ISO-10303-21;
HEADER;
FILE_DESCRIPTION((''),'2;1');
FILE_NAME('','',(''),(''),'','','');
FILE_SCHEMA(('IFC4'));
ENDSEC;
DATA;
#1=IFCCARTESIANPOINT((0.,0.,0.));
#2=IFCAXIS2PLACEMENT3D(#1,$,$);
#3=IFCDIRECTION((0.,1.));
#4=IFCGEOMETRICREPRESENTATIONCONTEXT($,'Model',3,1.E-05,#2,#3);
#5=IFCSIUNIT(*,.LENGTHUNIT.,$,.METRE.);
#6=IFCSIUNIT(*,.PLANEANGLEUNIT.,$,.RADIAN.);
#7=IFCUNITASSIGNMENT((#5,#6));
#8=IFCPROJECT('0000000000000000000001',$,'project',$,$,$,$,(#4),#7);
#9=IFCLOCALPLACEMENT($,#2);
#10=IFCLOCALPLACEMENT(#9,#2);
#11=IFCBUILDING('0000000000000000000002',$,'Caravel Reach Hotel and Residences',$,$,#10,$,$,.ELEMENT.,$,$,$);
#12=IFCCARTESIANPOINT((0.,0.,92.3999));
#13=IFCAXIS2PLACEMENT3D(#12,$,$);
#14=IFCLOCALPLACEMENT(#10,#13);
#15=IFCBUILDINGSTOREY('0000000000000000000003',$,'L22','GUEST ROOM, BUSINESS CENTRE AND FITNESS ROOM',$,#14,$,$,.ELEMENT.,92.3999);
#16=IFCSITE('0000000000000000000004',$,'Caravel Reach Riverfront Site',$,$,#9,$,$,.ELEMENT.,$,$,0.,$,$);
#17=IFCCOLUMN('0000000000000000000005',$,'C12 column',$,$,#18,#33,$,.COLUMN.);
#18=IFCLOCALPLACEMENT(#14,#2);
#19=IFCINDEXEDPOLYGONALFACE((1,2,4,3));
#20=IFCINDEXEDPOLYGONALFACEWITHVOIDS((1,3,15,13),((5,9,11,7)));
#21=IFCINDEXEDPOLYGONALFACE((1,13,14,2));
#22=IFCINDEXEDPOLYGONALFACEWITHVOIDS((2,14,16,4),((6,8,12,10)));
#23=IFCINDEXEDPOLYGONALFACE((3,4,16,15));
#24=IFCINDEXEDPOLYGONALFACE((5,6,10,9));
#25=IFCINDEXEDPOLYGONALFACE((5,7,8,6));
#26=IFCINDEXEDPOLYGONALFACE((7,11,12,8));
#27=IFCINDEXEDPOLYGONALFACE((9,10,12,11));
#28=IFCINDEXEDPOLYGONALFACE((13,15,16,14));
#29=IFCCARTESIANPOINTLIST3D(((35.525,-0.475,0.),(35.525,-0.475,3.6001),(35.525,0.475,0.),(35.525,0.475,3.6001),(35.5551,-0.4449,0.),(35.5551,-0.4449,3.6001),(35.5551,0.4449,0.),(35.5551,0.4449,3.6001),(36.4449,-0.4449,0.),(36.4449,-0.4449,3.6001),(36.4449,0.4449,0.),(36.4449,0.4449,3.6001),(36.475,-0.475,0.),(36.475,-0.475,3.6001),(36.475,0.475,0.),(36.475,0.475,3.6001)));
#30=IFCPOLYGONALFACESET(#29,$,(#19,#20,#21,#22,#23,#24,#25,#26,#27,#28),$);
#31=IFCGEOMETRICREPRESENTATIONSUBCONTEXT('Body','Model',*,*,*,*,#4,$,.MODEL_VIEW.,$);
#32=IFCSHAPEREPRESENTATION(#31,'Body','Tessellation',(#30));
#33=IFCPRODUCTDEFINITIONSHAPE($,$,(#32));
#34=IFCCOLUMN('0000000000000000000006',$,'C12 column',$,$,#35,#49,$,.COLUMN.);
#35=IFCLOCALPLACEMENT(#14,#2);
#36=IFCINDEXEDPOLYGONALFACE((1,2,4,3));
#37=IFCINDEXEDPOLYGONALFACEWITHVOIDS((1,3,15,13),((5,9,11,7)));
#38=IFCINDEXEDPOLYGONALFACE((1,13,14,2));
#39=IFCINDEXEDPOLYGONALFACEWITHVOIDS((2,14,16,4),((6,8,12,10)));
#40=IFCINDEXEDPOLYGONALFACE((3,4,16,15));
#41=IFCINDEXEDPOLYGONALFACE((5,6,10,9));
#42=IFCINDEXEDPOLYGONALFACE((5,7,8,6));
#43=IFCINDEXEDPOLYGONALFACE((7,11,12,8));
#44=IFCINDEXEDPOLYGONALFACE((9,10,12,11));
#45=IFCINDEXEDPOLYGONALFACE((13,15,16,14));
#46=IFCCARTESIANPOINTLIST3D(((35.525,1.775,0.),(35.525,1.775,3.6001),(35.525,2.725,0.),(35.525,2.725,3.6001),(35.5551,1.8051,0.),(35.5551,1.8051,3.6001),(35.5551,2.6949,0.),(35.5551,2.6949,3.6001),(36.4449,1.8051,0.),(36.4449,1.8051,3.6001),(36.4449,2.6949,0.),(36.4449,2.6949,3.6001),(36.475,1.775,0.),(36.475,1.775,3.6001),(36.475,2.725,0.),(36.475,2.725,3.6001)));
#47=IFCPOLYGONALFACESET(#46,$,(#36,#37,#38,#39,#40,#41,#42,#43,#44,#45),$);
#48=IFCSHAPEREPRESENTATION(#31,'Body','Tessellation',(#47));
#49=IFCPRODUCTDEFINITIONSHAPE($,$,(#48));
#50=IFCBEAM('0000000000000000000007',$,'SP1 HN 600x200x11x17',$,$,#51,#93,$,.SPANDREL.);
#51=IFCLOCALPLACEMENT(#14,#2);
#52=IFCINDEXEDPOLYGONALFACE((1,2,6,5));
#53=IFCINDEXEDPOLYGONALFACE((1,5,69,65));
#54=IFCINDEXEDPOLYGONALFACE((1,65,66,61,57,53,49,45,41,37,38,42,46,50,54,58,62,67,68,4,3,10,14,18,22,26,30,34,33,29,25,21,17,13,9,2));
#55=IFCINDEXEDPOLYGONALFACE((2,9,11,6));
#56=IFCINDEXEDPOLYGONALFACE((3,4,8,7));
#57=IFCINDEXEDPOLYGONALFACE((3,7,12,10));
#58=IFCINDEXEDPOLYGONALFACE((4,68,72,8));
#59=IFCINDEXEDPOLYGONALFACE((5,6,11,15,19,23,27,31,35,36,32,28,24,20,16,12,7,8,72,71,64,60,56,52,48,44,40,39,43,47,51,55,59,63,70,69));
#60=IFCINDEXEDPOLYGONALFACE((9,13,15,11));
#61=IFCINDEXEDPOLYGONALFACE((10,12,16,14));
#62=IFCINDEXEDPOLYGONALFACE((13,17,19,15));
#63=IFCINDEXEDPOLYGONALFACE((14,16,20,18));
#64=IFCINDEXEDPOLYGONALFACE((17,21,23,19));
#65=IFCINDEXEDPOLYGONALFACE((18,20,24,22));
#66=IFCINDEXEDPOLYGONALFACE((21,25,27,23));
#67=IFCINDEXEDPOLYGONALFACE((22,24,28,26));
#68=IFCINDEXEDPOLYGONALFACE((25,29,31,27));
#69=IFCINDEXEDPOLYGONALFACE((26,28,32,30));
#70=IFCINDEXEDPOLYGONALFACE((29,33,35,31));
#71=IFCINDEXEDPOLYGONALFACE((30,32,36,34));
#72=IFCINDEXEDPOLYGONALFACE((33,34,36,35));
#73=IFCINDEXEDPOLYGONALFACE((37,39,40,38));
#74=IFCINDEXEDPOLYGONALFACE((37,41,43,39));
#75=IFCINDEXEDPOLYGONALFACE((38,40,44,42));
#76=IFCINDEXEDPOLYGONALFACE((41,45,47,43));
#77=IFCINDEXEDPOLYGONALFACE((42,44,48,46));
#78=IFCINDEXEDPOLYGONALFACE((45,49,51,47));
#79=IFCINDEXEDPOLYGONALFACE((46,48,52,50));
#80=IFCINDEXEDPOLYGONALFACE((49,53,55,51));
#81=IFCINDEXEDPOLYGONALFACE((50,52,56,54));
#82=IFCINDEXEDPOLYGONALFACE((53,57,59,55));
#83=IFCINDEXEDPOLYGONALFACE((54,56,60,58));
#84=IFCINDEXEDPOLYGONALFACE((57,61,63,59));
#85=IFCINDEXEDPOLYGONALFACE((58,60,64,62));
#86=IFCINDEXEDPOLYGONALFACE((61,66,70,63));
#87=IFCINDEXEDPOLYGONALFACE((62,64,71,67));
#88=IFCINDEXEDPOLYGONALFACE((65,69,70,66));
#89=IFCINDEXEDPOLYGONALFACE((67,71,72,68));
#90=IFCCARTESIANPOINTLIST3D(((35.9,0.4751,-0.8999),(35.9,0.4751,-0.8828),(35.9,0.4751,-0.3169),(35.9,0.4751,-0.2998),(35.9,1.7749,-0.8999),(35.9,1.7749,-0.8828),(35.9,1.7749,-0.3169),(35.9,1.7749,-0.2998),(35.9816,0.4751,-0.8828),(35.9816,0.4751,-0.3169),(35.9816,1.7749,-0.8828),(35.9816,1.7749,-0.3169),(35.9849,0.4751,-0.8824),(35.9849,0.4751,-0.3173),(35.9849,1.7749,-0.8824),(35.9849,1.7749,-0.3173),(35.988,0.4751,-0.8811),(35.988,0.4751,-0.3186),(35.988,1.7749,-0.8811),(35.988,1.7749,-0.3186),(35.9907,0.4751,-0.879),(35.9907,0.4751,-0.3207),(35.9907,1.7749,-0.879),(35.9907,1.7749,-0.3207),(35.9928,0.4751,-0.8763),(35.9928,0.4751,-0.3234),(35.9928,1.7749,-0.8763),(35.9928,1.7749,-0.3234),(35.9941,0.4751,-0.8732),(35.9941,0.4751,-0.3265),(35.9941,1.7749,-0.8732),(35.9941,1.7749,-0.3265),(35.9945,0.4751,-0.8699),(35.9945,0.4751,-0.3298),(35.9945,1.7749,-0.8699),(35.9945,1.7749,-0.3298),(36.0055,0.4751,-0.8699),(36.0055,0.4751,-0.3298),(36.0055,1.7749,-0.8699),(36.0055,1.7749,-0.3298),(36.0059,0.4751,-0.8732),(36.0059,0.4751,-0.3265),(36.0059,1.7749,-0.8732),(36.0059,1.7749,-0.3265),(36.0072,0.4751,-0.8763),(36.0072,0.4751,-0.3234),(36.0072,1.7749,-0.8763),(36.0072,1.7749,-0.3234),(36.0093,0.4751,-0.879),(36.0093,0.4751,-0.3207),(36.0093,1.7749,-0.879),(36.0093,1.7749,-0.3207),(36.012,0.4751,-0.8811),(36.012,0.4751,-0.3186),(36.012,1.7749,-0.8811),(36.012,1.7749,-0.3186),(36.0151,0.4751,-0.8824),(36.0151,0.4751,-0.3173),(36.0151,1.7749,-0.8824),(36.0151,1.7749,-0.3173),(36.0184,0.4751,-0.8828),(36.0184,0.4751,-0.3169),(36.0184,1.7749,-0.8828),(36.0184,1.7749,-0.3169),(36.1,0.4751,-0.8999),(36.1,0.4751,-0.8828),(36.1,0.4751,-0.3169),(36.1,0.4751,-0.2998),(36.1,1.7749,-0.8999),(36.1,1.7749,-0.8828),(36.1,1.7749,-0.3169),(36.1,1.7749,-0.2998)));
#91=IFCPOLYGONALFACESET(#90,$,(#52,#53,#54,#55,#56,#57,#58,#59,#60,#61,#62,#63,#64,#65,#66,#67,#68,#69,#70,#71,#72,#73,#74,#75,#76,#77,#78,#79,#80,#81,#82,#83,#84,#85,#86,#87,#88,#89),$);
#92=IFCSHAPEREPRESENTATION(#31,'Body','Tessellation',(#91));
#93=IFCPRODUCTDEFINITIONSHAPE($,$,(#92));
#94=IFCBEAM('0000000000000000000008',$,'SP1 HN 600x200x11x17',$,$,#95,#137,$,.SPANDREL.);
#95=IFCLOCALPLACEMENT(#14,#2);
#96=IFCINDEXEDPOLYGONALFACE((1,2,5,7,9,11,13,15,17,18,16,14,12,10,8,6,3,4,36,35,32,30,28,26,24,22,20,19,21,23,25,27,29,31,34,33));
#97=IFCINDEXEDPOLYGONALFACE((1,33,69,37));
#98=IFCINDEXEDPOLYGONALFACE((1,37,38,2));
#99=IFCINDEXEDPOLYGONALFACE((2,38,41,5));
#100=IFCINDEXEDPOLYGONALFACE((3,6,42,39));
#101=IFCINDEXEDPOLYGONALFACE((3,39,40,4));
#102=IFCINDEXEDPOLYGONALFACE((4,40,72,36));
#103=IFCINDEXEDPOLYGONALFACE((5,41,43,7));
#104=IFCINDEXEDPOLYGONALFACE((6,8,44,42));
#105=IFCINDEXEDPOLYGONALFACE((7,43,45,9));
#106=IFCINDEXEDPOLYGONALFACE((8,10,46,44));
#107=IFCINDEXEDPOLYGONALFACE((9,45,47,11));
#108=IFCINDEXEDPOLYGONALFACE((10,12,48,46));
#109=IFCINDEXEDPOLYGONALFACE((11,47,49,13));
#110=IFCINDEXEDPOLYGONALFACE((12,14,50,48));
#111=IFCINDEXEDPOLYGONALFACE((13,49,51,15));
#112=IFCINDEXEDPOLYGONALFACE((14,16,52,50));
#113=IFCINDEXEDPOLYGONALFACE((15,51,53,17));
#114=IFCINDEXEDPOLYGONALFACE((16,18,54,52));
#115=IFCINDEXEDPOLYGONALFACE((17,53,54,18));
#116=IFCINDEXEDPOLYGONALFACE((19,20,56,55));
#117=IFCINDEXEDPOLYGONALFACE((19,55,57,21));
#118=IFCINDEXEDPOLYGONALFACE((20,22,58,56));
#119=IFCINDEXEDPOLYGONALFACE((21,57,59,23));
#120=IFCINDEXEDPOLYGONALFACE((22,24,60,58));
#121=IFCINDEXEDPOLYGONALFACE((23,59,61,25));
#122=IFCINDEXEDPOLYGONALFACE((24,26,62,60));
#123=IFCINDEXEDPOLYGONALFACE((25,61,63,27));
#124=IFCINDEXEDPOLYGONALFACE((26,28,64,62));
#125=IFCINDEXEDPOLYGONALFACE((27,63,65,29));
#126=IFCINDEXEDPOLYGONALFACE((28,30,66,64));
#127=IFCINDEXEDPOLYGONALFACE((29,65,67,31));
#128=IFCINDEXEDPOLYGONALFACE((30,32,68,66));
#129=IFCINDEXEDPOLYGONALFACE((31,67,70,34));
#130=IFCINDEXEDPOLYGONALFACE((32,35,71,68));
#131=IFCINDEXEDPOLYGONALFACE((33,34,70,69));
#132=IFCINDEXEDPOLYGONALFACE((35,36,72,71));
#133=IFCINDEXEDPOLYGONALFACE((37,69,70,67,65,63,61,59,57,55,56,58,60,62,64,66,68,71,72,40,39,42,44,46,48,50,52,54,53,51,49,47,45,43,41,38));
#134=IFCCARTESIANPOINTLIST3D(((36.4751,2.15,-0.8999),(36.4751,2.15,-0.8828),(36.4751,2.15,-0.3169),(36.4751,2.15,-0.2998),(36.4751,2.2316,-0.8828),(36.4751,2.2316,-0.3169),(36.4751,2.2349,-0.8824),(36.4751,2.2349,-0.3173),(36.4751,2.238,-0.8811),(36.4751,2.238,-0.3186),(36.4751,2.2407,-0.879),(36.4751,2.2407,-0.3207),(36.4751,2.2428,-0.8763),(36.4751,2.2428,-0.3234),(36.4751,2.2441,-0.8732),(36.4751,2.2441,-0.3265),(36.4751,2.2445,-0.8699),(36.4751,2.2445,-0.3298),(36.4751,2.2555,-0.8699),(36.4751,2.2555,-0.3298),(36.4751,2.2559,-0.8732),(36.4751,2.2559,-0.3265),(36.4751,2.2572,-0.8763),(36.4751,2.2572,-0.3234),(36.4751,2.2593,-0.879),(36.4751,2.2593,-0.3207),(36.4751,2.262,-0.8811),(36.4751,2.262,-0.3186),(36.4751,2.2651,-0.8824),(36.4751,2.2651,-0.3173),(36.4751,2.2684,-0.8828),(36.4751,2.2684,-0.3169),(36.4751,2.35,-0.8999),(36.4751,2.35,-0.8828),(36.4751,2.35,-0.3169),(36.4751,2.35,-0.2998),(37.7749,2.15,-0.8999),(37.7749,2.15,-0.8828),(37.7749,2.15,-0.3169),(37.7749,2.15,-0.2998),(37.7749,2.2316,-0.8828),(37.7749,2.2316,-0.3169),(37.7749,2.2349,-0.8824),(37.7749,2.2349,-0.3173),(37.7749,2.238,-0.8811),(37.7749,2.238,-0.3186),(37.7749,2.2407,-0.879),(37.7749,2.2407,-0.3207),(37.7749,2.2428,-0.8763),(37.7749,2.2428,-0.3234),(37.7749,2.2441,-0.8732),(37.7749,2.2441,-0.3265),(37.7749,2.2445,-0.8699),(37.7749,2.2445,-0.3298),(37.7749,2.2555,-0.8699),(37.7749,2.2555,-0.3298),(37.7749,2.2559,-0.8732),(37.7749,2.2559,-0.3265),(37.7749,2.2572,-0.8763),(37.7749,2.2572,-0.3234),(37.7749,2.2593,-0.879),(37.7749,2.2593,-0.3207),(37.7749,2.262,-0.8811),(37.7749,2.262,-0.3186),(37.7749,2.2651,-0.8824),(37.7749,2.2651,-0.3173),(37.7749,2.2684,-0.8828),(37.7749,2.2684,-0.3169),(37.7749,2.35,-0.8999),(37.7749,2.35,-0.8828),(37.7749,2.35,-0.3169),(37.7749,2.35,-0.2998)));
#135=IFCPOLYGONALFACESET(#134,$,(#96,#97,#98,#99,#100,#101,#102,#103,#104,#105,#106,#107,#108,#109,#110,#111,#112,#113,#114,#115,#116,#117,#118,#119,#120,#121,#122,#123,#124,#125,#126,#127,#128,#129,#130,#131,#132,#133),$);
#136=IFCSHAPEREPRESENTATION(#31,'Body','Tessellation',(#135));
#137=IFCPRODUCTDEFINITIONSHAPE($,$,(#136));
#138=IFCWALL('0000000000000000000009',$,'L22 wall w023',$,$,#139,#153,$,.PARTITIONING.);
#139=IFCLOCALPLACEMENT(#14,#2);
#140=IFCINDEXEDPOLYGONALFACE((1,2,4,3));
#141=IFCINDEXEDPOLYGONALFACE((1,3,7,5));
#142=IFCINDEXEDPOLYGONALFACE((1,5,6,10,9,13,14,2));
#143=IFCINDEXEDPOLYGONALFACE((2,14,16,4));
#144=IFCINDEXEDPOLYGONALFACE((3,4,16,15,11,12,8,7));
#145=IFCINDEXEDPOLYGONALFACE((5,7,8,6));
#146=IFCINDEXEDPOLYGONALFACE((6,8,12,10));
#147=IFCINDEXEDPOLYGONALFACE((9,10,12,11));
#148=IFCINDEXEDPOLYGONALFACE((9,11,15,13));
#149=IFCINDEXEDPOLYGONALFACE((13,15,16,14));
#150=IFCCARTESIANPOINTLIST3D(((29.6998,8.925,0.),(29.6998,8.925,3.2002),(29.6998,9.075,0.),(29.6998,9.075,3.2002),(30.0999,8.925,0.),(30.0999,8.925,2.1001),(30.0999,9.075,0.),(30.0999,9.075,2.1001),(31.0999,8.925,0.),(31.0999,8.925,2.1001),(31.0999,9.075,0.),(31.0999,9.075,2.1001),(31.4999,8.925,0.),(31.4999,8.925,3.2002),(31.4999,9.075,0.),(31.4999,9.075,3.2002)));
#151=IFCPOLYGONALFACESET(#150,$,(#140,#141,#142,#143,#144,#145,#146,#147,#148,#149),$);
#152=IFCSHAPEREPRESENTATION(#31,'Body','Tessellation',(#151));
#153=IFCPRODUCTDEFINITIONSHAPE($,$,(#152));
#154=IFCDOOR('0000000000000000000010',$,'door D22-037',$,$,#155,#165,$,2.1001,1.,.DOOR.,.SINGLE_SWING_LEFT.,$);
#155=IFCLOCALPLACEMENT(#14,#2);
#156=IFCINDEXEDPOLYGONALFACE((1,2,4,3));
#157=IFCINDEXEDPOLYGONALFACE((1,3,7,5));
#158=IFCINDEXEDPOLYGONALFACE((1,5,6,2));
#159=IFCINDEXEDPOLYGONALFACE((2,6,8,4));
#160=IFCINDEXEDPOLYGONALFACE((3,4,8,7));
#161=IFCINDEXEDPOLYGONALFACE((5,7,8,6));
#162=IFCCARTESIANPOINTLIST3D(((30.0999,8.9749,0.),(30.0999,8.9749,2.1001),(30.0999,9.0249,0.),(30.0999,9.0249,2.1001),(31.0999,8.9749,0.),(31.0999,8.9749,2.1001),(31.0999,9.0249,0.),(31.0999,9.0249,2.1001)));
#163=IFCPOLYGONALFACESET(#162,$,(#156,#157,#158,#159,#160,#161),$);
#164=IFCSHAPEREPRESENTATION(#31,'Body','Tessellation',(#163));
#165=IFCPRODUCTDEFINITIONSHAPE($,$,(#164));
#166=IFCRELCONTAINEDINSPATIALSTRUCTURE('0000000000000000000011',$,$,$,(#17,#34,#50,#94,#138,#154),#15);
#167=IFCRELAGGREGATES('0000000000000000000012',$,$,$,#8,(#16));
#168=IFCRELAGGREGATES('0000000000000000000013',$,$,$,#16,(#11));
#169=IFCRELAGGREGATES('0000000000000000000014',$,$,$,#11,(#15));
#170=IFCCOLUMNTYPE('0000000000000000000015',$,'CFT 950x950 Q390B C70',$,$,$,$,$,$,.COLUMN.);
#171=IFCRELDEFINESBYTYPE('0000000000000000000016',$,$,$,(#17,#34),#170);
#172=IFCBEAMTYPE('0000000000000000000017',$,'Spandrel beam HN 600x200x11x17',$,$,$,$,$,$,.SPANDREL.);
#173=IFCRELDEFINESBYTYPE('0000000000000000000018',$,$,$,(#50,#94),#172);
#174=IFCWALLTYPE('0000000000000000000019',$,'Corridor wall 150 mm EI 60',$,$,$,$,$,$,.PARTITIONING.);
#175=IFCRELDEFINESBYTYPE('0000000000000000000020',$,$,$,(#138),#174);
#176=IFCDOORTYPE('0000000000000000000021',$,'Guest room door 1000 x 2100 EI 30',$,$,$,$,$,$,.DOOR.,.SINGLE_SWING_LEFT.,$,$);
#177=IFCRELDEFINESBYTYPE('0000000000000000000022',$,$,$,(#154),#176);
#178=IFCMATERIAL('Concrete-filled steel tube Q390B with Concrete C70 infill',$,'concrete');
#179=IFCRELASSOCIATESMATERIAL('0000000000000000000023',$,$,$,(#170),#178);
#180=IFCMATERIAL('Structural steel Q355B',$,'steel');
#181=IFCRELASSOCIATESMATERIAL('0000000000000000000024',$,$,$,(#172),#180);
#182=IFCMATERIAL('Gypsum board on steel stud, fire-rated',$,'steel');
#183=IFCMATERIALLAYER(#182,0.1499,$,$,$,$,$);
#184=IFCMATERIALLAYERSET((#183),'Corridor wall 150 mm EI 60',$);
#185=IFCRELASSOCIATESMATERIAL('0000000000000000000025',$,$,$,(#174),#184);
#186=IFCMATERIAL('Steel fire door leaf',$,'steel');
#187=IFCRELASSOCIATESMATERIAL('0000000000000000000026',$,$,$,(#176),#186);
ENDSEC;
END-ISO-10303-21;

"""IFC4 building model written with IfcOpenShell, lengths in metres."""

from ifc_helpers import new_model, si_unit, direction, frame, frame_2d, origin, origin_2d, place, context, subcontext, project, spatial, rectangle, hollow_rectangle, i_section, extrude, material, layer, layer_set, material_profile, profile_set, type_object, element, fill, save


model = new_model("IFC4")

# Units and contexts
model_context = context("Model", 3, precision=1e-05, world=origin(), true_north=direction((0.0, 1.0)))
body_context = subcontext(model_context, "Body", "Model", "MODEL_VIEW")
ifc_project = project(units=[si_unit("LENGTHUNIT", "METRE"), si_unit("PLANEANGLEUNIT", "RADIAN")], contexts=[model_context])

# Site, building, storey
site_placement = place(None, origin())
site = spatial("IfcSite", under=ifc_project, at=site_placement, Name="Caravel Reach Riverfront Site", CompositionType="ELEMENT", RefElevation=0.0)
building_placement = place(site_placement, origin())
building = spatial("IfcBuilding", under=site, at=building_placement, Name="Caravel Reach Hotel and Residences", CompositionType="ELEMENT")
storey_placement = place(building_placement, frame((0.0, 0.0, 92.3999)))
storey = spatial("IfcBuildingStorey", under=building, at=storey_placement, Name="L22", Description="GUEST ROOM, BUSINESS CENTRE AND FITNESS ROOM", CompositionType="ELEMENT", Elevation=92.3999)

# Columns
ifc_material_1 = material(Name="Concrete-filled steel tube Q390B with Concrete C70 infill", Category="concrete")
ifc_material_profile_1 = material_profile(ifc_material_1, hollow_rectangle(XDim=0.95, YDim=0.95, WallThickness=0.03, at=origin_2d()), Name="RHS 950x950x30")
ifc_profile_set_1 = profile_set([ifc_material_profile_1], Name="Concrete-filled steel tube Q390B with Concrete C70 infill")
column_type = type_object("IfcColumnType", Name="CFT 950x950 Q390B C70", PredefinedType="COLUMN", material=ifc_profile_set_1)
for number, where, z_axis, x_axis, name in (
    (1, (36.0, 0.0, 0.0), (0.0, 0.0, 1.0), (1.0, 0.0, 0.0), "C12 column"),
    (2, (36.0, 2.25, 0.0), (0.0, 0.0, 1.0), (1.0, 0.0, 0.0), "C12 column"),
):
    element("IfcColumn", number, at=place(storey_placement, frame(where, z_axis=z_axis, x_axis=x_axis)), inside=storey, type_object=column_type, Name=name, PredefinedType="COLUMN", context=body_context, shape_type="SweptSolid", body=[
        extrude(hollow_rectangle(XDim=0.95, YDim=0.95, WallThickness=0.03, at=origin_2d()), origin(), (0.0, 0.0, 1.0), 3.6001),
    ])

# Beams
ifc_material_2 = material(Name="Structural steel Q355B", Category="steel")
ifc_material_profile_2 = material_profile(ifc_material_2, i_section(OverallWidth=0.2, OverallDepth=0.6001, WebThickness=0.011, FlangeThickness=0.0171, FilletRadius=0.0129, at=origin_2d()), Name="HN 600x200x11x17")
ifc_profile_set_2 = profile_set([ifc_material_profile_2], Name="Structural steel Q355B")
beam_type = type_object("IfcBeamType", Name="Spandrel beam HN 600x200x11x17", PredefinedType="SPANDREL", material=ifc_profile_set_2)
for number, where, z_axis, x_axis, name in (
    (3, (36.0, 0.4751, -0.5999), (0.0, 1.0, 0.0), (-1.0, 0.0, 0.0), "SP1 HN 600x200x11x17"),
    (4, (36.4751, 2.25, -0.5999), (1.0, 0.0, 0.0), (0.0, 1.0, 0.0), "SP1 HN 600x200x11x17"),
):
    element("IfcBeam", number, at=place(storey_placement, frame(where, z_axis=z_axis, x_axis=x_axis)), inside=storey, type_object=beam_type, Name=name, PredefinedType="SPANDREL", context=body_context, shape_type="SweptSolid", body=[
        extrude(i_section(OverallWidth=0.2, OverallDepth=0.6001, WebThickness=0.011, FlangeThickness=0.0171, FilletRadius=0.0129, at=origin_2d()), origin(), (0.0, 0.0, 1.0), 1.2998),
    ])

# Wall, opening, door
ifc_material_3 = material(Name="Gypsum board on steel stud, fire-rated", Category="steel")
ifc_layer_1 = layer(ifc_material_3, 0.1499)
ifc_layer_set_1 = layer_set([ifc_layer_1], Name="Corridor wall 150 mm EI 60")
wall_type_1 = type_object("IfcWallType", Name="Corridor wall 150 mm EI 60", PredefinedType="PARTITIONING", material=ifc_layer_set_1)
wall_1_placement = place(storey_placement, frame((29.7, 9.0, 0.0), z_axis=(0.0, 0.0, 1.0), x_axis=(1.0, 0.0, 0.0)))
wall_1 = element("IfcWall", 5, at=wall_1_placement, inside=storey, type_object=wall_type_1, Name="L22 wall w023", PredefinedType="PARTITIONING", context=body_context, shape_type="SweptSolid", body=[
    extrude(rectangle(XDim=1.8, YDim=0.1499, at=frame_2d((0.8999, 0.0))), origin(), (0.0, 0.0, 1.0), 3.2002),
])
opening_1_placement = place(wall_1_placement, frame((0.3999, 0.0, 0.0)))
opening_1 = element("IfcOpeningElement", 6, at=opening_1_placement, cuts=wall_1, PredefinedType="OPENING", context=body_context, shape_type="SweptSolid", body=[
    extrude(rectangle(XDim=1.0, YDim=2.1001, at=frame_2d((0.5, 1.05))), frame((0.0, 0.085, 0.0), z_axis=(0.0, -1.0, 0.0), x_axis=(1.0, 0.0, 0.0)), (0.0, 0.0, 1.0), 0.1699),
])
ifc_material_4 = material(Name="Steel fire door leaf", Category="steel")
door_type = type_object("IfcDoorType", Name="Guest room door 1000 x 2100 EI 30", OperationType="SINGLE_SWING_LEFT", PredefinedType="DOOR", material=ifc_material_4)
door_1_placement = place(opening_1_placement, origin())
door_1 = element("IfcDoor", 7, at=door_1_placement, inside=storey, type_object=door_type, Name="door D22-037", OperationType="SINGLE_SWING_LEFT", OverallHeight=2.1001, OverallWidth=1.0, PredefinedType="DOOR", context=body_context, shape_type="SweptSolid", body=[
    extrude(rectangle(XDim=1.0, YDim=2.1001, at=frame_2d((0.5, 1.05))), frame((0.0, 0.0249, 0.0), z_axis=(0.0, -1.0, 0.0), x_axis=(1.0, 0.0, 0.0)), (0.0, 0.0, 1.0), 0.05),
])
fill(opening_1, door_1)

save(model, "model.ifc")
